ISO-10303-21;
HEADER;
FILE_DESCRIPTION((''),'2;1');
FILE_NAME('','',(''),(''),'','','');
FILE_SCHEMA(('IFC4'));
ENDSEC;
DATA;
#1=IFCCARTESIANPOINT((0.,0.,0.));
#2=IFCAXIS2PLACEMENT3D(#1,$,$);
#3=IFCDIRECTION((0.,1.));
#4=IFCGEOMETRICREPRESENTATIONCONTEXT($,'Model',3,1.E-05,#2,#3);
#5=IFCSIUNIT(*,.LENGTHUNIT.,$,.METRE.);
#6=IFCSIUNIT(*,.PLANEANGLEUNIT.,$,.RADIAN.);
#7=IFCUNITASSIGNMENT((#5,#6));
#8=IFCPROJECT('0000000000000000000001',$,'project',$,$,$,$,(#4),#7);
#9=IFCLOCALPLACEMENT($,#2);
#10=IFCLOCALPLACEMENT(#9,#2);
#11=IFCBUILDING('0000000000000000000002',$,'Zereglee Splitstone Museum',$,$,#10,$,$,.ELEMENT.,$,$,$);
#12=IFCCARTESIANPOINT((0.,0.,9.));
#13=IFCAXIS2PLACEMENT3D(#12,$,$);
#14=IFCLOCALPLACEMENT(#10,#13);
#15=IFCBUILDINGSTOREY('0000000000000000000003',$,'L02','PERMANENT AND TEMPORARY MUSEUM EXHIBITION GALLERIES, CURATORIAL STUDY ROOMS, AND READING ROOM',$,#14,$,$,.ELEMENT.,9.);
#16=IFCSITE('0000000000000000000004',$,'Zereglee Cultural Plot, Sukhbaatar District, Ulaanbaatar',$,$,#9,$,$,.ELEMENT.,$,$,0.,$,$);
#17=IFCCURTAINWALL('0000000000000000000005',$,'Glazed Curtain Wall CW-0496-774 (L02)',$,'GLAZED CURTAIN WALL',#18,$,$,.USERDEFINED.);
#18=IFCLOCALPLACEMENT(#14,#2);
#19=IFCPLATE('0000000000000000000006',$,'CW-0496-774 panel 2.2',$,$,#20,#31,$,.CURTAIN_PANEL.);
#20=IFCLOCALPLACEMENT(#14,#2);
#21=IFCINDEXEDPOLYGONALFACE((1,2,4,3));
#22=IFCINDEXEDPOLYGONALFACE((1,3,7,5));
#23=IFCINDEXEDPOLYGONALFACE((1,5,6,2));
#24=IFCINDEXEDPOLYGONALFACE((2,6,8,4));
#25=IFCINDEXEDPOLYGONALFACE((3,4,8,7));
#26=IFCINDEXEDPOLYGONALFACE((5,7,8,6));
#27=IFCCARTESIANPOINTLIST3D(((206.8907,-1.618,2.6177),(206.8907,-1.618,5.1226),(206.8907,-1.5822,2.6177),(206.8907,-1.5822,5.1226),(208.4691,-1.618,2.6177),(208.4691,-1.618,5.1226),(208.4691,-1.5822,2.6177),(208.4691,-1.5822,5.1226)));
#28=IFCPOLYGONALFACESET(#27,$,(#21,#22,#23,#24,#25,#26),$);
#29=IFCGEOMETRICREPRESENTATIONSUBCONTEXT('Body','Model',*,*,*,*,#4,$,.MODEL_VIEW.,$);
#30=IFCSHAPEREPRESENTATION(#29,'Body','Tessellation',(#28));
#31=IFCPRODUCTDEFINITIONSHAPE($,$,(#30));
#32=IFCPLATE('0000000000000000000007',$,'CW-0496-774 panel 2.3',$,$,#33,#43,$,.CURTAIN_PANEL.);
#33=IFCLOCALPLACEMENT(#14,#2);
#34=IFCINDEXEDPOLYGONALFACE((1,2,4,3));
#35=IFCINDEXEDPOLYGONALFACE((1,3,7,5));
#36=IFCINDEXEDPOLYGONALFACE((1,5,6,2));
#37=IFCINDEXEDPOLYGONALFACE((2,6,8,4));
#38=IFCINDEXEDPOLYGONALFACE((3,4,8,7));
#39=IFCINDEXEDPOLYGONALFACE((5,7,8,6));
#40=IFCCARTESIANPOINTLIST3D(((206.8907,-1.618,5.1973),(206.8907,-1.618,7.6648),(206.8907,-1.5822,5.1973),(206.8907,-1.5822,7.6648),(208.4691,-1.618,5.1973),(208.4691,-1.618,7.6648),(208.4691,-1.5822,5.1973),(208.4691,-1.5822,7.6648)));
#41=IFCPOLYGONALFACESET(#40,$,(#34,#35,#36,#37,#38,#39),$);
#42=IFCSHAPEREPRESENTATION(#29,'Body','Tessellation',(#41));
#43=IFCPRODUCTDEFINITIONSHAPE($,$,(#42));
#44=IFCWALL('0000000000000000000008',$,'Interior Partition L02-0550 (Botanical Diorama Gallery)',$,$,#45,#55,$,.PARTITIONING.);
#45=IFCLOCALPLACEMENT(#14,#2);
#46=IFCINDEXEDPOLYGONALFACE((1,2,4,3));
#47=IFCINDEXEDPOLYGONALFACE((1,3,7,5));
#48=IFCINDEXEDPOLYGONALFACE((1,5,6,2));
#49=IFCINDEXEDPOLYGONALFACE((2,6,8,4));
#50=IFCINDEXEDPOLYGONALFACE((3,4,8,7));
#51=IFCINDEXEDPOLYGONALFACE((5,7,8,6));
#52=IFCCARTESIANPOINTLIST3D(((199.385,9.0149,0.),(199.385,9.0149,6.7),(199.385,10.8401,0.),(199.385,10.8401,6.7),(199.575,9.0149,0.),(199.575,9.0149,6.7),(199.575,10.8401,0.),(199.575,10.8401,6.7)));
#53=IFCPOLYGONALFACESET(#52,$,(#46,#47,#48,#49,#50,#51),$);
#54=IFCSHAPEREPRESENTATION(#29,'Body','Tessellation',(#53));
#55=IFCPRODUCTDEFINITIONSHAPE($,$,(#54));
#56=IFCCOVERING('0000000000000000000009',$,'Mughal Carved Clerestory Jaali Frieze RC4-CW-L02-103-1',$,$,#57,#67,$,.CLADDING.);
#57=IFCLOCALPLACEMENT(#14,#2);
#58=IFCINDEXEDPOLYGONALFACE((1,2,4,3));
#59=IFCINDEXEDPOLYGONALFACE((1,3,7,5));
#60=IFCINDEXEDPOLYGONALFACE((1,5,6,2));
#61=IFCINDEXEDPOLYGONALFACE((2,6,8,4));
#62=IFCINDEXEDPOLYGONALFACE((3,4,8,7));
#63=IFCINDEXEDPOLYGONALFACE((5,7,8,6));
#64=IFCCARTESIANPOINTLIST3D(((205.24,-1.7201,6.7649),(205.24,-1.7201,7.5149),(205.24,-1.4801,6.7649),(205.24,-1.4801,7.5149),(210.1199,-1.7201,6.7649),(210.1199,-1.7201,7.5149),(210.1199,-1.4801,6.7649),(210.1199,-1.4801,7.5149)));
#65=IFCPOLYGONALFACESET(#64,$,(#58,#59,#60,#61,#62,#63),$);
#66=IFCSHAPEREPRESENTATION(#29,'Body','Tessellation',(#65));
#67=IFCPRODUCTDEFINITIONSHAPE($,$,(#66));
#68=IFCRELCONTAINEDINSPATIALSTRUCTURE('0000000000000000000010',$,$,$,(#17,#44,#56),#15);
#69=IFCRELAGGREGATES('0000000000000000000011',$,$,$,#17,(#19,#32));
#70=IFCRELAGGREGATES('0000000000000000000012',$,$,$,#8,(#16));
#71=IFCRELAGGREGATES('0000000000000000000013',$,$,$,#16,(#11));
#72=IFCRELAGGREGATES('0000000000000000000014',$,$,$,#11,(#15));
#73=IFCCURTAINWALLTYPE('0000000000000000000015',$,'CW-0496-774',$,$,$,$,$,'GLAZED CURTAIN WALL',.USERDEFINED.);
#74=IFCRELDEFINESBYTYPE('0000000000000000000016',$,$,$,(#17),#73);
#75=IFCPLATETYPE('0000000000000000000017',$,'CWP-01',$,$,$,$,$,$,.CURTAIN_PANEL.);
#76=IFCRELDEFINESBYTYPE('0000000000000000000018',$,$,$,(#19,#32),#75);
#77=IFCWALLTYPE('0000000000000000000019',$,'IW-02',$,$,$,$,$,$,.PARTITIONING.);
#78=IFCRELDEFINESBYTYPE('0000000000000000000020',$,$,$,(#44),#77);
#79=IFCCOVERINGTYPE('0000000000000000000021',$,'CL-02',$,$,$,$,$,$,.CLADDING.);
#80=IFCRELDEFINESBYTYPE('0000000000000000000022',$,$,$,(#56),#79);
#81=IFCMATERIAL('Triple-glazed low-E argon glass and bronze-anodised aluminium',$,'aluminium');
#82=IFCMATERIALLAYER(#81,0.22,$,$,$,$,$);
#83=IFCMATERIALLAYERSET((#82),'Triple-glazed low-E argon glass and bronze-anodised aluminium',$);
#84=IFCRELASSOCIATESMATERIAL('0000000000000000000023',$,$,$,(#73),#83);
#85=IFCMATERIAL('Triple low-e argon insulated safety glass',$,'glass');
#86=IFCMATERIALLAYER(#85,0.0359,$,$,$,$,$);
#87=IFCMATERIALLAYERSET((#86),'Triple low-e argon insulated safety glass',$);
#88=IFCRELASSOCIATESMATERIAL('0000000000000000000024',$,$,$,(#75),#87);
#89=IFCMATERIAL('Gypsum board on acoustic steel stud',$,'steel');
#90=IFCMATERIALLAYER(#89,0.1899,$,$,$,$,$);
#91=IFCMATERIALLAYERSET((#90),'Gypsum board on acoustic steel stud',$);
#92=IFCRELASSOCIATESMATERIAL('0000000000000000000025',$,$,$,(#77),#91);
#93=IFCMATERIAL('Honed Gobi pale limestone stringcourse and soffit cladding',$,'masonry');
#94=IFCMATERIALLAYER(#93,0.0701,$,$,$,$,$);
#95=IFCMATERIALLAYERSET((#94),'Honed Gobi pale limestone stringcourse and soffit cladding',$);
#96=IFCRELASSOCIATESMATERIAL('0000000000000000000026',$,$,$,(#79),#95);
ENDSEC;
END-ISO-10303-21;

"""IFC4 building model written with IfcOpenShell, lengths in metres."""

from ifc_helpers import new_model, si_unit, direction, frame, frame_2d, origin, origin_2d, place, context, subcontext, project, spatial, rectangle, extrude, material, layer, layer_set, type_object, element, aggregate, save


model = new_model("IFC4")

# Units and contexts
model_context = context("Model", 3, precision=1e-05, world=origin(), true_north=direction((0.0, 1.0)))
body_context = subcontext(model_context, "Body", "Model", "MODEL_VIEW")
ifc_project = project(units=[si_unit("LENGTHUNIT", "METRE"), si_unit("PLANEANGLEUNIT", "RADIAN")], contexts=[model_context])

# Site, building, storey
site_placement = place(None, origin())
site = spatial("IfcSite", under=ifc_project, at=site_placement, Name="Zereglee Cultural Plot, Sukhbaatar District, Ulaanbaatar", CompositionType="ELEMENT", RefElevation=0.0)
building_placement = place(site_placement, origin())
building = spatial("IfcBuilding", under=site, at=building_placement, Name="Zereglee Splitstone Museum", CompositionType="ELEMENT")
storey_placement = place(building_placement, frame((0.0, 0.0, 9.0)))
storey = spatial("IfcBuildingStorey", under=building, at=storey_placement, Name="L02", Description="PERMANENT AND TEMPORARY MUSEUM EXHIBITION GALLERIES, CURATORIAL STUDY ROOMS, AND READING ROOM", CompositionType="ELEMENT", Elevation=9.0)

# Shared definitions
ifc_material_1 = material(Name="Triple-glazed low-E argon glass and bronze-anodised aluminium", Category="aluminium")

# Curtain wall
ifc_layer_1 = layer(ifc_material_1, 0.22)
ifc_layer_set_1 = layer_set([ifc_layer_1], Name="Triple-glazed low-E argon glass and bronze-anodised aluminium")
curtain_wall_type_1 = type_object("IfcCurtainWallType", Name="CW-0496-774", ElementType="GLAZED CURTAIN WALL", PredefinedType="USERDEFINED", material=ifc_layer_set_1)
curtain_wall_1_placement = place(storey_placement, origin())
curtain_wall_1 = element("IfcCurtainWall", 1, at=curtain_wall_1_placement, inside=storey, type_object=curtain_wall_type_1, Name="Glazed Curtain Wall CW-0496-774 (L02)", ObjectType="GLAZED CURTAIN WALL", PredefinedType="USERDEFINED")

# Plates
ifc_material_2 = material(Name="Triple low-e argon insulated safety glass", Category="glass")
ifc_layer_2 = layer(ifc_material_2, 0.0359)
ifc_layer_set_2 = layer_set([ifc_layer_2], Name="Triple low-e argon insulated safety glass")
plate_type = type_object("IfcPlateType", Name="CWP-01", PredefinedType="CURTAIN_PANEL", material=ifc_layer_set_2)
plate_1_placement = place(storey_placement, frame((207.6799, -1.6001, 2.6177), z_axis=(0.0, 0.0, 1.0), x_axis=(1.0, 0.0, 0.0)))
plate_1 = element("IfcPlate", 2, at=plate_1_placement, type_object=plate_type, Name="CW-0496-774 panel 2.2", PredefinedType="CURTAIN_PANEL", context=body_context, shape_type="SweptSolid", body=[
    extrude(rectangle(XDim=1.5784, YDim=0.0359, at=origin_2d()), origin(), (0.0, 0.0, 1.0), 2.5049),
])
plate_2_placement = place(storey_placement, frame((207.6799, -1.6001, 5.1973), z_axis=(0.0, 0.0, 1.0), x_axis=(1.0, 0.0, 0.0)))
plate_2 = element("IfcPlate", 3, at=plate_2_placement, type_object=plate_type, Name="CW-0496-774 panel 2.3", PredefinedType="CURTAIN_PANEL", context=body_context, shape_type="SweptSolid", body=[
    extrude(rectangle(XDim=1.5784, YDim=0.0359, at=origin_2d()), origin(), (0.0, 0.0, 1.0), 2.4675),
])
aggregate(curtain_wall_1, [plate_1, plate_2])

# Wall
ifc_material_3 = material(Name="Gypsum board on acoustic steel stud", Category="steel")
ifc_layer_3 = layer(ifc_material_3, 0.1899)
ifc_layer_set_3 = layer_set([ifc_layer_3], Name="Gypsum board on acoustic steel stud")
wall_type = type_object("IfcWallType", Name="IW-02", PredefinedType="PARTITIONING", material=ifc_layer_set_3)
wall_placement = place(storey_placement, frame((199.48, 9.0149, 0.0), z_axis=(0.0, 0.0, 1.0), x_axis=(0.0, 1.0, 0.0)))
element("IfcWall", 4, at=wall_placement, inside=storey, type_object=wall_type, Name="Interior Partition L02-0550 (Botanical Diorama Gallery)", PredefinedType="PARTITIONING", context=body_context, shape_type="SweptSolid", body=[
    extrude(rectangle(XDim=1.8252, YDim=0.1899, at=frame_2d((0.9126, 0.0))), origin(), (0.0, 0.0, 1.0), 6.7),
])

# Covering
ifc_material_4 = material(Name="Honed Gobi pale limestone stringcourse and soffit cladding", Category="masonry")
ifc_layer_4 = layer(ifc_material_4, 0.0701)
ifc_layer_set_4 = layer_set([ifc_layer_4], Name="Honed Gobi pale limestone stringcourse and soffit cladding")
covering_type = type_object("IfcCoveringType", Name="CL-02", PredefinedType="CLADDING", material=ifc_layer_set_4)
covering_placement = place(storey_placement, frame((207.6799, -1.6001, 6.7649), z_axis=(0.0, 0.0, 1.0), x_axis=(1.0, 0.0, 0.0)))
element("IfcCovering", 5, at=covering_placement, inside=storey, type_object=covering_type, Name="Mughal Carved Clerestory Jaali Frieze RC4-CW-L02-103-1", PredefinedType="CLADDING", context=body_context, shape_type="SweptSolid", body=[
    extrude(rectangle(XDim=4.8799, YDim=0.24, at=origin_2d()), origin(), (0.0, 0.0, 1.0), 0.75),
])

save(model, "model.ifc")
